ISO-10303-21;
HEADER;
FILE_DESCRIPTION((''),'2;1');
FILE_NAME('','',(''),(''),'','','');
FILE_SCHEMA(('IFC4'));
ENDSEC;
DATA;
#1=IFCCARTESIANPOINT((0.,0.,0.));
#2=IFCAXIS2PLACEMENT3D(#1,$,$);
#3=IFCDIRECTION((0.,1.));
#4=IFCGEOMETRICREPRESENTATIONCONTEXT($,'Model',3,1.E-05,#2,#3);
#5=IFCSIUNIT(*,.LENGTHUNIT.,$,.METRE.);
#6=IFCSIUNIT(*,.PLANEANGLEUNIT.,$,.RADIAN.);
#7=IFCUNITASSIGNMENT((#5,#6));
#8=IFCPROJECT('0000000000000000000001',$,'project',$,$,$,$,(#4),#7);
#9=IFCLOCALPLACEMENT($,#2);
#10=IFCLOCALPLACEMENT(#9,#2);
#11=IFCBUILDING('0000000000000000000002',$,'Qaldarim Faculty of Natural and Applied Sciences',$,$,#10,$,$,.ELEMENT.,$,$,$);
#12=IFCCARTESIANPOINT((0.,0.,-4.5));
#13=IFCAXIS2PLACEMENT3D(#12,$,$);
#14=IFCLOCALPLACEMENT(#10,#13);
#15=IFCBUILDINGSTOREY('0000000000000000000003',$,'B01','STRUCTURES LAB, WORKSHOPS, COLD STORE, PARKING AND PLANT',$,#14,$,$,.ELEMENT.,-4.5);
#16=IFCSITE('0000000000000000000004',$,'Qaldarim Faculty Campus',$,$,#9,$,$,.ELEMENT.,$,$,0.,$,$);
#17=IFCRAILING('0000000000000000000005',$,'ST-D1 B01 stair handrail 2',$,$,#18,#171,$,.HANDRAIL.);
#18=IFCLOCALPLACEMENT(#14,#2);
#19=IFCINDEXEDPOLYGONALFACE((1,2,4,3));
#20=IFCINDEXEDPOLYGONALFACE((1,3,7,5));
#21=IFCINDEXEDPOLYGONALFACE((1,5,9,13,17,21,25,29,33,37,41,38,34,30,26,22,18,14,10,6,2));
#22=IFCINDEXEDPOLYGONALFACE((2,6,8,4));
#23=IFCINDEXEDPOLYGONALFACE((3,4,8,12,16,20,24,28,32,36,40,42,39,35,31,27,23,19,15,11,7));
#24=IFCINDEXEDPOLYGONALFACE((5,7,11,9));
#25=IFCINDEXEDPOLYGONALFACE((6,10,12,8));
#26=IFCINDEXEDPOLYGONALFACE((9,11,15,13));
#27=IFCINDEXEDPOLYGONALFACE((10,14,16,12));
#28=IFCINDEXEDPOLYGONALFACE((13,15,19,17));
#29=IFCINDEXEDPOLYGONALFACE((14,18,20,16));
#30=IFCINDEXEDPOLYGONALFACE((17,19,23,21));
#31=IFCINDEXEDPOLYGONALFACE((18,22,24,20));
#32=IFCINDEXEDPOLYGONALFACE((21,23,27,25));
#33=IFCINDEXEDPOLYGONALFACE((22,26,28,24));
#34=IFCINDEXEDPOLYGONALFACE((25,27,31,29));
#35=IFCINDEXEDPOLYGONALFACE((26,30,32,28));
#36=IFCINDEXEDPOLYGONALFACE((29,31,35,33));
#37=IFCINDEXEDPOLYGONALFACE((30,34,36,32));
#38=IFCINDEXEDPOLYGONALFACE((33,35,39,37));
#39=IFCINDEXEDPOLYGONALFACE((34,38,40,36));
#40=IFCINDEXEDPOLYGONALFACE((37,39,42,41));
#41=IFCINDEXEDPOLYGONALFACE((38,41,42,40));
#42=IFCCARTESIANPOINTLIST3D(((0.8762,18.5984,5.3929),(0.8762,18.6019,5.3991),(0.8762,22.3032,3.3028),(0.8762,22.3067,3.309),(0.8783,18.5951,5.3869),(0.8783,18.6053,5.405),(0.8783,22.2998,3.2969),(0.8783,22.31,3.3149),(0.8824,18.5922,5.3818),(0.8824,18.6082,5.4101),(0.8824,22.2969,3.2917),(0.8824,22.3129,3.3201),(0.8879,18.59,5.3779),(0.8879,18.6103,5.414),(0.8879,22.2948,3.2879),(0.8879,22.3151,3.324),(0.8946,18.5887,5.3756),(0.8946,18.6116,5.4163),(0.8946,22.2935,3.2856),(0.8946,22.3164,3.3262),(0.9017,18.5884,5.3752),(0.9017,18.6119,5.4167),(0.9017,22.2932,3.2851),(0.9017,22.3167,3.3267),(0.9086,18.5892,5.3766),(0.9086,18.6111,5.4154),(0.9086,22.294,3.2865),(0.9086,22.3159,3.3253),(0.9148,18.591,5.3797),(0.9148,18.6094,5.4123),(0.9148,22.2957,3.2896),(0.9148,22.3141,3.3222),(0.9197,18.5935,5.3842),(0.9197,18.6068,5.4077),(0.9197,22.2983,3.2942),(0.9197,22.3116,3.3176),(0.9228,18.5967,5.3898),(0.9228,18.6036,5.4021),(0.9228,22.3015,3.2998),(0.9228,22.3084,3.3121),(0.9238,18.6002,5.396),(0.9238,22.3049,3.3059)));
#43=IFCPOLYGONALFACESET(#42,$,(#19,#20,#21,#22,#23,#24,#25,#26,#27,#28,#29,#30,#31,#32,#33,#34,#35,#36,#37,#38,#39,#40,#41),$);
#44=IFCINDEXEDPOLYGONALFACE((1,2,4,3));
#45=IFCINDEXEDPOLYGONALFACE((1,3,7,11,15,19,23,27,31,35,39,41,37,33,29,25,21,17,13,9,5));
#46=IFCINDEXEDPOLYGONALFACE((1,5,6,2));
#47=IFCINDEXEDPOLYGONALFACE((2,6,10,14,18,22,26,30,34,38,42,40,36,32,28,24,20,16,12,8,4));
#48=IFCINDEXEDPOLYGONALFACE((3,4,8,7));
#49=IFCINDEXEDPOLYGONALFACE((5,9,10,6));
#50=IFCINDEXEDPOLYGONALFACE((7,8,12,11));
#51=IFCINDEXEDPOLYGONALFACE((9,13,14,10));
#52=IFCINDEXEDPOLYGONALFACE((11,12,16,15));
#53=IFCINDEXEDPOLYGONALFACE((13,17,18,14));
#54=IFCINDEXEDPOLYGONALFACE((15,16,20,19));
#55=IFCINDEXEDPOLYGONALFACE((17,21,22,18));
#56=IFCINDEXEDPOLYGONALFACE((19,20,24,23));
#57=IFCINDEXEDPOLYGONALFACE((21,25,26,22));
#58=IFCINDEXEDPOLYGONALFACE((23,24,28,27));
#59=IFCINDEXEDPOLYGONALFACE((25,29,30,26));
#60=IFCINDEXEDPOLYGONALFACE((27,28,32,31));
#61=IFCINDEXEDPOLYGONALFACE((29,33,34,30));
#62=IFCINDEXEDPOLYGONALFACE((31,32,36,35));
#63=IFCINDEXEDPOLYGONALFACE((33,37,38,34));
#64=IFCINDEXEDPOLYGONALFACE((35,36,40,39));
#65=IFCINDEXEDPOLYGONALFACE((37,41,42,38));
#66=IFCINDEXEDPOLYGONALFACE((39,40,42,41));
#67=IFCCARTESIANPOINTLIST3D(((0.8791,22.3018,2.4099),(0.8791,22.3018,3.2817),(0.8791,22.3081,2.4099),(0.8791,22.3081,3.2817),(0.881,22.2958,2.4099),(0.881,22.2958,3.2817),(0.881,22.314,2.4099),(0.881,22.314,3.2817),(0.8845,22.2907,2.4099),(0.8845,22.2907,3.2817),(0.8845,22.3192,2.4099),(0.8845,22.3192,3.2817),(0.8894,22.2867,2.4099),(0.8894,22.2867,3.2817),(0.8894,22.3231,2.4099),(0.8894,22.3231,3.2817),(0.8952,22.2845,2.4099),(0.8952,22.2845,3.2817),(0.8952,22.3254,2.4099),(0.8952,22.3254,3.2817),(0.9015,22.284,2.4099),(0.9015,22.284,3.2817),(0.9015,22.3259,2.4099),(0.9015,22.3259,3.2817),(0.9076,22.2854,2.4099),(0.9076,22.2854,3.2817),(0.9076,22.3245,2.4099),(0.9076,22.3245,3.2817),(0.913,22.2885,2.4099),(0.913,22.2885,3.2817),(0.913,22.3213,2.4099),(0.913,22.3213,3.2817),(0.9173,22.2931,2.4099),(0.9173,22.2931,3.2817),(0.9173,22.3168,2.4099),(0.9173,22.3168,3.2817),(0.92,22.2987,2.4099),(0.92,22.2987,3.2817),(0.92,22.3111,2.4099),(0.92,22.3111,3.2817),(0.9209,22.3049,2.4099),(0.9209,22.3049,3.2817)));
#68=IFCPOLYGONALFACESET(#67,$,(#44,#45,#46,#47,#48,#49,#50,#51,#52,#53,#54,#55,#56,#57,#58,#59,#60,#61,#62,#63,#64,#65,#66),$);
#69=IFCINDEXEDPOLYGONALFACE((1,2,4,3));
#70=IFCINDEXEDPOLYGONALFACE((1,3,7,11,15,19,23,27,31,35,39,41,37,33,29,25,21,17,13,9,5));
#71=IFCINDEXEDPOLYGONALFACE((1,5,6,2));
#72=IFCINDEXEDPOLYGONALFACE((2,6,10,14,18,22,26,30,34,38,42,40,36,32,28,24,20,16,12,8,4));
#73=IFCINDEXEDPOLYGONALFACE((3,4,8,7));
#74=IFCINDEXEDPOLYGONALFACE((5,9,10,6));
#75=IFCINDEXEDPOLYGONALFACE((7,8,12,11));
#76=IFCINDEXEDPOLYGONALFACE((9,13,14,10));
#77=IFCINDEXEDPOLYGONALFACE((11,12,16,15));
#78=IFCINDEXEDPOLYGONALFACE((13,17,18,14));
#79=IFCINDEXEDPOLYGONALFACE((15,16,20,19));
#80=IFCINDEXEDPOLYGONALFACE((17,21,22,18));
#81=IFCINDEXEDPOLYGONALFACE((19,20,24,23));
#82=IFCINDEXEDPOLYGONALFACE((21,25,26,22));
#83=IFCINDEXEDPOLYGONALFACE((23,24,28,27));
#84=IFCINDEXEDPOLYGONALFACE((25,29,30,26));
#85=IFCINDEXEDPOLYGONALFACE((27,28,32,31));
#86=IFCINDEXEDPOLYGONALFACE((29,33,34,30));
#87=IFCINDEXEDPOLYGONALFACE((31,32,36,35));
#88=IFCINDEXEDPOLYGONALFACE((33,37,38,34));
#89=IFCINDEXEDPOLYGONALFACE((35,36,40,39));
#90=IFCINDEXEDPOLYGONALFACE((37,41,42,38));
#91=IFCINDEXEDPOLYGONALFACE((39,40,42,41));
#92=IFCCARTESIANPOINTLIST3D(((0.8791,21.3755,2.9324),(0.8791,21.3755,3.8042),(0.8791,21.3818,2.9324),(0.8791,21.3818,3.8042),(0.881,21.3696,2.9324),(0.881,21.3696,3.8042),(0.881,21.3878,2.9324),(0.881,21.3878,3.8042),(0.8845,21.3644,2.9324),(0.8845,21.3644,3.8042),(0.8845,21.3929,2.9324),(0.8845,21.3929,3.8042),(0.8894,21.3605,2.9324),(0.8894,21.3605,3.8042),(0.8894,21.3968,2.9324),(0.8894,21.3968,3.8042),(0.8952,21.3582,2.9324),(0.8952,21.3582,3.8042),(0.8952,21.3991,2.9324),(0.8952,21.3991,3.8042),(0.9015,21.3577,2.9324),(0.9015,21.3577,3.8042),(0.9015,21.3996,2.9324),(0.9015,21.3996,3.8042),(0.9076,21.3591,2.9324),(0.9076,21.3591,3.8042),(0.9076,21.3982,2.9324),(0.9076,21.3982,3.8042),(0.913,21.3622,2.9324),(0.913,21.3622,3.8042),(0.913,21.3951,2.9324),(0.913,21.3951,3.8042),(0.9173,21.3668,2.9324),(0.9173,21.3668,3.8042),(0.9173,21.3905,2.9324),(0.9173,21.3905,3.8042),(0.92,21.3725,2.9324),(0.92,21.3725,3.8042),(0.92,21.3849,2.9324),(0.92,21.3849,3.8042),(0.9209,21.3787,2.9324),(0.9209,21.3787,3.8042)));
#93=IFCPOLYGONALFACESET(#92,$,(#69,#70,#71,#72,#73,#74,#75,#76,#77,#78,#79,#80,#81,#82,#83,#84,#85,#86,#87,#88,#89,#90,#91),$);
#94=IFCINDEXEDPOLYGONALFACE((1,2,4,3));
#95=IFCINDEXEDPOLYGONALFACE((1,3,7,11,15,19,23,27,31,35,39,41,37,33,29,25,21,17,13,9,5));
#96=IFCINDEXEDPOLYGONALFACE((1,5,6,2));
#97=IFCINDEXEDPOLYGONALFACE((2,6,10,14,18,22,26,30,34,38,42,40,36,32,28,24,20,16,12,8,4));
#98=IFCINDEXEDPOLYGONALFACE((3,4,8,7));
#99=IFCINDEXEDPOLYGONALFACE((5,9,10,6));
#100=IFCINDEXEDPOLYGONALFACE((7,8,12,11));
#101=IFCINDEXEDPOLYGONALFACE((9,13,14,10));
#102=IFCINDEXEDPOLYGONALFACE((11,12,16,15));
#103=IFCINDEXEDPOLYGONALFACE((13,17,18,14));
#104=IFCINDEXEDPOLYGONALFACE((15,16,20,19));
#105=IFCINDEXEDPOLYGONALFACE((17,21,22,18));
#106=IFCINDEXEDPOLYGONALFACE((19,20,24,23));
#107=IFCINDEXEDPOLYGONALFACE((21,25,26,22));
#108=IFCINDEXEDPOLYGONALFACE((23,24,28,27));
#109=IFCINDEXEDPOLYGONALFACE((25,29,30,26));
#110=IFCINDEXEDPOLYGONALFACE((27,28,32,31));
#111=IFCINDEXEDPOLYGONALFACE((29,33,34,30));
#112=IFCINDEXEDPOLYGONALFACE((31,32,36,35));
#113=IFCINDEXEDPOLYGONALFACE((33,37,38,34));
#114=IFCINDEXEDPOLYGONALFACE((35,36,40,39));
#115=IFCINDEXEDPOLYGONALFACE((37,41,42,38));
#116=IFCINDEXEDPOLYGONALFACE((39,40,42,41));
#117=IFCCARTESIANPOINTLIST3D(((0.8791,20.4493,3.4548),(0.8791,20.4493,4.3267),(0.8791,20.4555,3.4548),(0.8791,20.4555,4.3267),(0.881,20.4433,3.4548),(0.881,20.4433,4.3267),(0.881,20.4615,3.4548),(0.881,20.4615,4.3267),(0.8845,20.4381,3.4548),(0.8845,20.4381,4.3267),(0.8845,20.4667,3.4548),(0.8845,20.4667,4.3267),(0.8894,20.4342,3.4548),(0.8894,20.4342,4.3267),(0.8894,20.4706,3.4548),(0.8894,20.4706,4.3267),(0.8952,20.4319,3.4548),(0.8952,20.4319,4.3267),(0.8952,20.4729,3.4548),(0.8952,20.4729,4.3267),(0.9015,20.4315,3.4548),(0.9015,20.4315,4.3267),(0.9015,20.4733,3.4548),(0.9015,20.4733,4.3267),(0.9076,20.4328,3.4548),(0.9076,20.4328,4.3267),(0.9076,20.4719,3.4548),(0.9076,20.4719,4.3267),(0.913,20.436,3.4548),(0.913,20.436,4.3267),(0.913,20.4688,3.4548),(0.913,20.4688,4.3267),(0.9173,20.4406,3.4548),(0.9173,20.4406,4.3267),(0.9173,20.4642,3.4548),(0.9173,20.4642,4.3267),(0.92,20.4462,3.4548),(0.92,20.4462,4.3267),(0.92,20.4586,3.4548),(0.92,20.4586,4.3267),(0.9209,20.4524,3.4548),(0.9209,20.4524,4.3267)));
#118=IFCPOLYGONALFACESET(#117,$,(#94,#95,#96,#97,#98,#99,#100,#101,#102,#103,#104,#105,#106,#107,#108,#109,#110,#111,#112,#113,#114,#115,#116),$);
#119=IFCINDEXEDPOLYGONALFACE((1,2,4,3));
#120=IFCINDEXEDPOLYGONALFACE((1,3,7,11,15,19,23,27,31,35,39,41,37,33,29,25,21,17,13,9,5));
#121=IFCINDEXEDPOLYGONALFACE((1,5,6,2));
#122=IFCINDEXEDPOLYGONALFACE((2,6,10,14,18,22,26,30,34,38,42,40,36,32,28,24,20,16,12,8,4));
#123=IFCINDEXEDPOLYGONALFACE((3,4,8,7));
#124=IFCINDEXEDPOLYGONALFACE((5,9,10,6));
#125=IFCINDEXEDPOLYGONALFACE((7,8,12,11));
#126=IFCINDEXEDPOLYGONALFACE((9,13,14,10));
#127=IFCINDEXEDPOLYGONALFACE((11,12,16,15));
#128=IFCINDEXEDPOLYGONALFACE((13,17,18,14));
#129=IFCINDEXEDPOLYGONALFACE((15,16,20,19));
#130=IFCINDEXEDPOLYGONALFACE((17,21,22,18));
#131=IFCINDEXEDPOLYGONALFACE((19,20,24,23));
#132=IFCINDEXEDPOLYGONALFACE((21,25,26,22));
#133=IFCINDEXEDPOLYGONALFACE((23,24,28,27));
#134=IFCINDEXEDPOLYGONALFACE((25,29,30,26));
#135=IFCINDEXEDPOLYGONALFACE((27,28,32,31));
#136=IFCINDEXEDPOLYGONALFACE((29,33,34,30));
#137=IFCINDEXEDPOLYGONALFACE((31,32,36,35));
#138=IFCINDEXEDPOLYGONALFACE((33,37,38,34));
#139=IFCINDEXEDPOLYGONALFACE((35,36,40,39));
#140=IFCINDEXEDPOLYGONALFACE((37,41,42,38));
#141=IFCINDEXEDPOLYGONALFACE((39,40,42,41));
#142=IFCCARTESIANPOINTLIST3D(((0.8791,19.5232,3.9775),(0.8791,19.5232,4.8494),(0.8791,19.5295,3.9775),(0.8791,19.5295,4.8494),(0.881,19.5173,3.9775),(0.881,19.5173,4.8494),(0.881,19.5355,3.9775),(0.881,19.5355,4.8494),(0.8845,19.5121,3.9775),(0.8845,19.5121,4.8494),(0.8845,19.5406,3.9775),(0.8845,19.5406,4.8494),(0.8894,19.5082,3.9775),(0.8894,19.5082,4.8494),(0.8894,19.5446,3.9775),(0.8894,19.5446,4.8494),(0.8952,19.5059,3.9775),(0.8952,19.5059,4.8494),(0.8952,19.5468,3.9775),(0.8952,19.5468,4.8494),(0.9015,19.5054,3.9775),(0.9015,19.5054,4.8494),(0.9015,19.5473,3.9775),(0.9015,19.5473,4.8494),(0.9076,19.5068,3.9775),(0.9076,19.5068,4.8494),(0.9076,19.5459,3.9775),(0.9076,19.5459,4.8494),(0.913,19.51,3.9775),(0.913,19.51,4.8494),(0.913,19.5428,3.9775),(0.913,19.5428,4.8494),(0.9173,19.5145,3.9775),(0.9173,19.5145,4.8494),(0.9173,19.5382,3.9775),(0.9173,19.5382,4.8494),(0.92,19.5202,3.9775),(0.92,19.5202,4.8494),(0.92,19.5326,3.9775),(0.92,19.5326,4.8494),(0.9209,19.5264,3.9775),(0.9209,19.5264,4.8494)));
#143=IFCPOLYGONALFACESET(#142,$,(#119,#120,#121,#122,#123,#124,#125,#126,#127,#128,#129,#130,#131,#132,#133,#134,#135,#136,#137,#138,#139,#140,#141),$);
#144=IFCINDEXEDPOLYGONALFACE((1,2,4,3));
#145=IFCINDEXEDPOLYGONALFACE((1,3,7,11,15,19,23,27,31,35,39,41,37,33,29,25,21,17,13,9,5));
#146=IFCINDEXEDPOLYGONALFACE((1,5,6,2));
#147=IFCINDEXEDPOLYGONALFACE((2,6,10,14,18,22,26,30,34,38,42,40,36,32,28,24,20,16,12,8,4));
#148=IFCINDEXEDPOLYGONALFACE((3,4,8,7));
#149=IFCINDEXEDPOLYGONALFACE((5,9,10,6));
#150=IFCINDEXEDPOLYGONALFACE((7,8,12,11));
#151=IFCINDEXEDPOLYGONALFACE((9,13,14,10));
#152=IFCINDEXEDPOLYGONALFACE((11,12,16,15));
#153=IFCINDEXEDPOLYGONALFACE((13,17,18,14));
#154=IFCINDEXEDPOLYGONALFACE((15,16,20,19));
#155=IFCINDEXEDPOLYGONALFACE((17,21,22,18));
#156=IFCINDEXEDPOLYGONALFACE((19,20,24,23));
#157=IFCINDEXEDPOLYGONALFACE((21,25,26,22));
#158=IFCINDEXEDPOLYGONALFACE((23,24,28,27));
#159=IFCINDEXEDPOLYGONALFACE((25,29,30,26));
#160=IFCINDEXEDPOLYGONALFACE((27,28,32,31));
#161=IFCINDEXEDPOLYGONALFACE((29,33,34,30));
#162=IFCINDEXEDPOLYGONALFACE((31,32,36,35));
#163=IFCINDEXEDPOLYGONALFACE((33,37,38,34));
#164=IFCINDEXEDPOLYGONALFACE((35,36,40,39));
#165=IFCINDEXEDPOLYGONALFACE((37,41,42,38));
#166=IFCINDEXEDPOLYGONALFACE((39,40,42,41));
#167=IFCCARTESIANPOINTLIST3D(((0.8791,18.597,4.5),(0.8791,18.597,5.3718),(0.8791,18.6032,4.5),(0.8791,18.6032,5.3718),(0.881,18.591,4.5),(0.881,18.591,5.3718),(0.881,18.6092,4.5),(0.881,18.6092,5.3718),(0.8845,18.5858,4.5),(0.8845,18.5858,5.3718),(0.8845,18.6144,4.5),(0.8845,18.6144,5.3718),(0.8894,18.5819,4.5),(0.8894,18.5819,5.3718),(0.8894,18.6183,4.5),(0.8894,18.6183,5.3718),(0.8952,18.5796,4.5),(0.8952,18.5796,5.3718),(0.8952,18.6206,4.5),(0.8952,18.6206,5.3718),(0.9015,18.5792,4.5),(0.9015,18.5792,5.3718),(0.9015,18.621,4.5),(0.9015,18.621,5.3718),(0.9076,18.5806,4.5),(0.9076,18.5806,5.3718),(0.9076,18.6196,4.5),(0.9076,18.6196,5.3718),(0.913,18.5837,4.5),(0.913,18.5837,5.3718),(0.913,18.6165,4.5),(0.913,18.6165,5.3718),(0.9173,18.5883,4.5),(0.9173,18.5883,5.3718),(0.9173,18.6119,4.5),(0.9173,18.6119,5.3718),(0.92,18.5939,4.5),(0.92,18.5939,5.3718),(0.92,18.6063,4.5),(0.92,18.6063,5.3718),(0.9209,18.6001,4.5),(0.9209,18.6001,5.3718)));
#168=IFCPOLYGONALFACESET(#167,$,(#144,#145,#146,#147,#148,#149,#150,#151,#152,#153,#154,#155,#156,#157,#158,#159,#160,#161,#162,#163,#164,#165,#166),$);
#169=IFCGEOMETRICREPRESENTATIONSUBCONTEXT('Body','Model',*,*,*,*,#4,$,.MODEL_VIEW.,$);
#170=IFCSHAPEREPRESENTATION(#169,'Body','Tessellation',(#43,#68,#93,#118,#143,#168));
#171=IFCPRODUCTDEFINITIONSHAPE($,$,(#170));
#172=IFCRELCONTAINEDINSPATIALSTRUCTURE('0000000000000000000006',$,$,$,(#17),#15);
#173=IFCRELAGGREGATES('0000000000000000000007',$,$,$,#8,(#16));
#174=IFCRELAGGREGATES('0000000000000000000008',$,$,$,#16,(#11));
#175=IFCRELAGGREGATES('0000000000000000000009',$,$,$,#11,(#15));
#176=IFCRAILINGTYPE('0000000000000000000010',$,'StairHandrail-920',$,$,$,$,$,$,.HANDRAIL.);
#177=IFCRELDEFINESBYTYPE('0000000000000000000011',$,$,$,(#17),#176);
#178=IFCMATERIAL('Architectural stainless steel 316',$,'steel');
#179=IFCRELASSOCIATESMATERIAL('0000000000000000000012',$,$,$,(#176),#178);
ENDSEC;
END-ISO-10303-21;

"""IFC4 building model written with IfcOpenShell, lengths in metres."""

from ifc_helpers import new_model, si_unit, direction, frame, origin, origin_2d, place, context, subcontext, project, spatial, circle, extrude, material, type_object, element, save


model = new_model("IFC4")

# Units and contexts
model_context = context("Model", 3, precision=1e-05, world=origin(), true_north=direction((0.0, 1.0)))
body_context = subcontext(model_context, "Body", "Model", "MODEL_VIEW")
ifc_project = project(units=[si_unit("LENGTHUNIT", "METRE"), si_unit("PLANEANGLEUNIT", "RADIAN")], contexts=[model_context])

# Site, building, storey
site_placement = place(None, origin())
site = spatial("IfcSite", under=ifc_project, at=site_placement, Name="Qaldarim Faculty Campus", CompositionType="ELEMENT", RefElevation=0.0)
building_placement = place(site_placement, origin())
building = spatial("IfcBuilding", under=site, at=building_placement, Name="Qaldarim Faculty of Natural and Applied Sciences", CompositionType="ELEMENT")
storey_placement = place(building_placement, frame((0.0, 0.0, -4.5)))
storey = spatial("IfcBuildingStorey", under=building, at=storey_placement, Name="B01", Description="STRUCTURES LAB, WORKSHOPS, COLD STORE, PARKING AND PLANT", CompositionType="ELEMENT", Elevation=-4.5)

# Railing
ifc_material_1 = material(Name="Architectural stainless steel 316", Category="steel")
railing_type_1 = type_object("IfcRailingType", Name="StairHandrail-920", PredefinedType="HANDRAIL", material=ifc_material_1)
railing_1_placement = place(storey_placement, frame((0.8999, 22.3049, 2.4099)))
element("IfcRailing", 1, at=railing_1_placement, inside=storey, type_object=railing_type_1, Name="ST-D1 B01 stair handrail 2", PredefinedType="HANDRAIL", context=body_context, shape_type="SweptSolid", body=[
    extrude(circle(Radius=0.0239, at=origin_2d()), frame((0.0, 0.0, 0.896), z_axis=(0.0, -0.87096, 0.491354), x_axis=(1.0, 0.0, 0.0)), (0.0, 0.0, 1.0), 4.2537),
    extrude(circle(Radius=0.021, at=origin_2d()), origin(), (0.0, 0.0, 1.0), 0.8718),
    extrude(circle(Radius=0.021, at=origin_2d()), frame((0.0, -0.9263, 0.5225)), (0.0, 0.0, 1.0), 0.8718),
    extrude(circle(Radius=0.021, at=origin_2d()), frame((0.0, -1.8525, 1.0449)), (0.0, 0.0, 1.0), 0.8718),
    extrude(circle(Radius=0.021, at=origin_2d()), frame((0.0, -2.7786, 1.5676)), (0.0, 0.0, 1.0), 0.8718),
    extrude(circle(Radius=0.021, at=origin_2d()), frame((0.0, -3.7048, 2.0901)), (0.0, 0.0, 1.0), 0.8718),
])

save(model, "model.ifc")
